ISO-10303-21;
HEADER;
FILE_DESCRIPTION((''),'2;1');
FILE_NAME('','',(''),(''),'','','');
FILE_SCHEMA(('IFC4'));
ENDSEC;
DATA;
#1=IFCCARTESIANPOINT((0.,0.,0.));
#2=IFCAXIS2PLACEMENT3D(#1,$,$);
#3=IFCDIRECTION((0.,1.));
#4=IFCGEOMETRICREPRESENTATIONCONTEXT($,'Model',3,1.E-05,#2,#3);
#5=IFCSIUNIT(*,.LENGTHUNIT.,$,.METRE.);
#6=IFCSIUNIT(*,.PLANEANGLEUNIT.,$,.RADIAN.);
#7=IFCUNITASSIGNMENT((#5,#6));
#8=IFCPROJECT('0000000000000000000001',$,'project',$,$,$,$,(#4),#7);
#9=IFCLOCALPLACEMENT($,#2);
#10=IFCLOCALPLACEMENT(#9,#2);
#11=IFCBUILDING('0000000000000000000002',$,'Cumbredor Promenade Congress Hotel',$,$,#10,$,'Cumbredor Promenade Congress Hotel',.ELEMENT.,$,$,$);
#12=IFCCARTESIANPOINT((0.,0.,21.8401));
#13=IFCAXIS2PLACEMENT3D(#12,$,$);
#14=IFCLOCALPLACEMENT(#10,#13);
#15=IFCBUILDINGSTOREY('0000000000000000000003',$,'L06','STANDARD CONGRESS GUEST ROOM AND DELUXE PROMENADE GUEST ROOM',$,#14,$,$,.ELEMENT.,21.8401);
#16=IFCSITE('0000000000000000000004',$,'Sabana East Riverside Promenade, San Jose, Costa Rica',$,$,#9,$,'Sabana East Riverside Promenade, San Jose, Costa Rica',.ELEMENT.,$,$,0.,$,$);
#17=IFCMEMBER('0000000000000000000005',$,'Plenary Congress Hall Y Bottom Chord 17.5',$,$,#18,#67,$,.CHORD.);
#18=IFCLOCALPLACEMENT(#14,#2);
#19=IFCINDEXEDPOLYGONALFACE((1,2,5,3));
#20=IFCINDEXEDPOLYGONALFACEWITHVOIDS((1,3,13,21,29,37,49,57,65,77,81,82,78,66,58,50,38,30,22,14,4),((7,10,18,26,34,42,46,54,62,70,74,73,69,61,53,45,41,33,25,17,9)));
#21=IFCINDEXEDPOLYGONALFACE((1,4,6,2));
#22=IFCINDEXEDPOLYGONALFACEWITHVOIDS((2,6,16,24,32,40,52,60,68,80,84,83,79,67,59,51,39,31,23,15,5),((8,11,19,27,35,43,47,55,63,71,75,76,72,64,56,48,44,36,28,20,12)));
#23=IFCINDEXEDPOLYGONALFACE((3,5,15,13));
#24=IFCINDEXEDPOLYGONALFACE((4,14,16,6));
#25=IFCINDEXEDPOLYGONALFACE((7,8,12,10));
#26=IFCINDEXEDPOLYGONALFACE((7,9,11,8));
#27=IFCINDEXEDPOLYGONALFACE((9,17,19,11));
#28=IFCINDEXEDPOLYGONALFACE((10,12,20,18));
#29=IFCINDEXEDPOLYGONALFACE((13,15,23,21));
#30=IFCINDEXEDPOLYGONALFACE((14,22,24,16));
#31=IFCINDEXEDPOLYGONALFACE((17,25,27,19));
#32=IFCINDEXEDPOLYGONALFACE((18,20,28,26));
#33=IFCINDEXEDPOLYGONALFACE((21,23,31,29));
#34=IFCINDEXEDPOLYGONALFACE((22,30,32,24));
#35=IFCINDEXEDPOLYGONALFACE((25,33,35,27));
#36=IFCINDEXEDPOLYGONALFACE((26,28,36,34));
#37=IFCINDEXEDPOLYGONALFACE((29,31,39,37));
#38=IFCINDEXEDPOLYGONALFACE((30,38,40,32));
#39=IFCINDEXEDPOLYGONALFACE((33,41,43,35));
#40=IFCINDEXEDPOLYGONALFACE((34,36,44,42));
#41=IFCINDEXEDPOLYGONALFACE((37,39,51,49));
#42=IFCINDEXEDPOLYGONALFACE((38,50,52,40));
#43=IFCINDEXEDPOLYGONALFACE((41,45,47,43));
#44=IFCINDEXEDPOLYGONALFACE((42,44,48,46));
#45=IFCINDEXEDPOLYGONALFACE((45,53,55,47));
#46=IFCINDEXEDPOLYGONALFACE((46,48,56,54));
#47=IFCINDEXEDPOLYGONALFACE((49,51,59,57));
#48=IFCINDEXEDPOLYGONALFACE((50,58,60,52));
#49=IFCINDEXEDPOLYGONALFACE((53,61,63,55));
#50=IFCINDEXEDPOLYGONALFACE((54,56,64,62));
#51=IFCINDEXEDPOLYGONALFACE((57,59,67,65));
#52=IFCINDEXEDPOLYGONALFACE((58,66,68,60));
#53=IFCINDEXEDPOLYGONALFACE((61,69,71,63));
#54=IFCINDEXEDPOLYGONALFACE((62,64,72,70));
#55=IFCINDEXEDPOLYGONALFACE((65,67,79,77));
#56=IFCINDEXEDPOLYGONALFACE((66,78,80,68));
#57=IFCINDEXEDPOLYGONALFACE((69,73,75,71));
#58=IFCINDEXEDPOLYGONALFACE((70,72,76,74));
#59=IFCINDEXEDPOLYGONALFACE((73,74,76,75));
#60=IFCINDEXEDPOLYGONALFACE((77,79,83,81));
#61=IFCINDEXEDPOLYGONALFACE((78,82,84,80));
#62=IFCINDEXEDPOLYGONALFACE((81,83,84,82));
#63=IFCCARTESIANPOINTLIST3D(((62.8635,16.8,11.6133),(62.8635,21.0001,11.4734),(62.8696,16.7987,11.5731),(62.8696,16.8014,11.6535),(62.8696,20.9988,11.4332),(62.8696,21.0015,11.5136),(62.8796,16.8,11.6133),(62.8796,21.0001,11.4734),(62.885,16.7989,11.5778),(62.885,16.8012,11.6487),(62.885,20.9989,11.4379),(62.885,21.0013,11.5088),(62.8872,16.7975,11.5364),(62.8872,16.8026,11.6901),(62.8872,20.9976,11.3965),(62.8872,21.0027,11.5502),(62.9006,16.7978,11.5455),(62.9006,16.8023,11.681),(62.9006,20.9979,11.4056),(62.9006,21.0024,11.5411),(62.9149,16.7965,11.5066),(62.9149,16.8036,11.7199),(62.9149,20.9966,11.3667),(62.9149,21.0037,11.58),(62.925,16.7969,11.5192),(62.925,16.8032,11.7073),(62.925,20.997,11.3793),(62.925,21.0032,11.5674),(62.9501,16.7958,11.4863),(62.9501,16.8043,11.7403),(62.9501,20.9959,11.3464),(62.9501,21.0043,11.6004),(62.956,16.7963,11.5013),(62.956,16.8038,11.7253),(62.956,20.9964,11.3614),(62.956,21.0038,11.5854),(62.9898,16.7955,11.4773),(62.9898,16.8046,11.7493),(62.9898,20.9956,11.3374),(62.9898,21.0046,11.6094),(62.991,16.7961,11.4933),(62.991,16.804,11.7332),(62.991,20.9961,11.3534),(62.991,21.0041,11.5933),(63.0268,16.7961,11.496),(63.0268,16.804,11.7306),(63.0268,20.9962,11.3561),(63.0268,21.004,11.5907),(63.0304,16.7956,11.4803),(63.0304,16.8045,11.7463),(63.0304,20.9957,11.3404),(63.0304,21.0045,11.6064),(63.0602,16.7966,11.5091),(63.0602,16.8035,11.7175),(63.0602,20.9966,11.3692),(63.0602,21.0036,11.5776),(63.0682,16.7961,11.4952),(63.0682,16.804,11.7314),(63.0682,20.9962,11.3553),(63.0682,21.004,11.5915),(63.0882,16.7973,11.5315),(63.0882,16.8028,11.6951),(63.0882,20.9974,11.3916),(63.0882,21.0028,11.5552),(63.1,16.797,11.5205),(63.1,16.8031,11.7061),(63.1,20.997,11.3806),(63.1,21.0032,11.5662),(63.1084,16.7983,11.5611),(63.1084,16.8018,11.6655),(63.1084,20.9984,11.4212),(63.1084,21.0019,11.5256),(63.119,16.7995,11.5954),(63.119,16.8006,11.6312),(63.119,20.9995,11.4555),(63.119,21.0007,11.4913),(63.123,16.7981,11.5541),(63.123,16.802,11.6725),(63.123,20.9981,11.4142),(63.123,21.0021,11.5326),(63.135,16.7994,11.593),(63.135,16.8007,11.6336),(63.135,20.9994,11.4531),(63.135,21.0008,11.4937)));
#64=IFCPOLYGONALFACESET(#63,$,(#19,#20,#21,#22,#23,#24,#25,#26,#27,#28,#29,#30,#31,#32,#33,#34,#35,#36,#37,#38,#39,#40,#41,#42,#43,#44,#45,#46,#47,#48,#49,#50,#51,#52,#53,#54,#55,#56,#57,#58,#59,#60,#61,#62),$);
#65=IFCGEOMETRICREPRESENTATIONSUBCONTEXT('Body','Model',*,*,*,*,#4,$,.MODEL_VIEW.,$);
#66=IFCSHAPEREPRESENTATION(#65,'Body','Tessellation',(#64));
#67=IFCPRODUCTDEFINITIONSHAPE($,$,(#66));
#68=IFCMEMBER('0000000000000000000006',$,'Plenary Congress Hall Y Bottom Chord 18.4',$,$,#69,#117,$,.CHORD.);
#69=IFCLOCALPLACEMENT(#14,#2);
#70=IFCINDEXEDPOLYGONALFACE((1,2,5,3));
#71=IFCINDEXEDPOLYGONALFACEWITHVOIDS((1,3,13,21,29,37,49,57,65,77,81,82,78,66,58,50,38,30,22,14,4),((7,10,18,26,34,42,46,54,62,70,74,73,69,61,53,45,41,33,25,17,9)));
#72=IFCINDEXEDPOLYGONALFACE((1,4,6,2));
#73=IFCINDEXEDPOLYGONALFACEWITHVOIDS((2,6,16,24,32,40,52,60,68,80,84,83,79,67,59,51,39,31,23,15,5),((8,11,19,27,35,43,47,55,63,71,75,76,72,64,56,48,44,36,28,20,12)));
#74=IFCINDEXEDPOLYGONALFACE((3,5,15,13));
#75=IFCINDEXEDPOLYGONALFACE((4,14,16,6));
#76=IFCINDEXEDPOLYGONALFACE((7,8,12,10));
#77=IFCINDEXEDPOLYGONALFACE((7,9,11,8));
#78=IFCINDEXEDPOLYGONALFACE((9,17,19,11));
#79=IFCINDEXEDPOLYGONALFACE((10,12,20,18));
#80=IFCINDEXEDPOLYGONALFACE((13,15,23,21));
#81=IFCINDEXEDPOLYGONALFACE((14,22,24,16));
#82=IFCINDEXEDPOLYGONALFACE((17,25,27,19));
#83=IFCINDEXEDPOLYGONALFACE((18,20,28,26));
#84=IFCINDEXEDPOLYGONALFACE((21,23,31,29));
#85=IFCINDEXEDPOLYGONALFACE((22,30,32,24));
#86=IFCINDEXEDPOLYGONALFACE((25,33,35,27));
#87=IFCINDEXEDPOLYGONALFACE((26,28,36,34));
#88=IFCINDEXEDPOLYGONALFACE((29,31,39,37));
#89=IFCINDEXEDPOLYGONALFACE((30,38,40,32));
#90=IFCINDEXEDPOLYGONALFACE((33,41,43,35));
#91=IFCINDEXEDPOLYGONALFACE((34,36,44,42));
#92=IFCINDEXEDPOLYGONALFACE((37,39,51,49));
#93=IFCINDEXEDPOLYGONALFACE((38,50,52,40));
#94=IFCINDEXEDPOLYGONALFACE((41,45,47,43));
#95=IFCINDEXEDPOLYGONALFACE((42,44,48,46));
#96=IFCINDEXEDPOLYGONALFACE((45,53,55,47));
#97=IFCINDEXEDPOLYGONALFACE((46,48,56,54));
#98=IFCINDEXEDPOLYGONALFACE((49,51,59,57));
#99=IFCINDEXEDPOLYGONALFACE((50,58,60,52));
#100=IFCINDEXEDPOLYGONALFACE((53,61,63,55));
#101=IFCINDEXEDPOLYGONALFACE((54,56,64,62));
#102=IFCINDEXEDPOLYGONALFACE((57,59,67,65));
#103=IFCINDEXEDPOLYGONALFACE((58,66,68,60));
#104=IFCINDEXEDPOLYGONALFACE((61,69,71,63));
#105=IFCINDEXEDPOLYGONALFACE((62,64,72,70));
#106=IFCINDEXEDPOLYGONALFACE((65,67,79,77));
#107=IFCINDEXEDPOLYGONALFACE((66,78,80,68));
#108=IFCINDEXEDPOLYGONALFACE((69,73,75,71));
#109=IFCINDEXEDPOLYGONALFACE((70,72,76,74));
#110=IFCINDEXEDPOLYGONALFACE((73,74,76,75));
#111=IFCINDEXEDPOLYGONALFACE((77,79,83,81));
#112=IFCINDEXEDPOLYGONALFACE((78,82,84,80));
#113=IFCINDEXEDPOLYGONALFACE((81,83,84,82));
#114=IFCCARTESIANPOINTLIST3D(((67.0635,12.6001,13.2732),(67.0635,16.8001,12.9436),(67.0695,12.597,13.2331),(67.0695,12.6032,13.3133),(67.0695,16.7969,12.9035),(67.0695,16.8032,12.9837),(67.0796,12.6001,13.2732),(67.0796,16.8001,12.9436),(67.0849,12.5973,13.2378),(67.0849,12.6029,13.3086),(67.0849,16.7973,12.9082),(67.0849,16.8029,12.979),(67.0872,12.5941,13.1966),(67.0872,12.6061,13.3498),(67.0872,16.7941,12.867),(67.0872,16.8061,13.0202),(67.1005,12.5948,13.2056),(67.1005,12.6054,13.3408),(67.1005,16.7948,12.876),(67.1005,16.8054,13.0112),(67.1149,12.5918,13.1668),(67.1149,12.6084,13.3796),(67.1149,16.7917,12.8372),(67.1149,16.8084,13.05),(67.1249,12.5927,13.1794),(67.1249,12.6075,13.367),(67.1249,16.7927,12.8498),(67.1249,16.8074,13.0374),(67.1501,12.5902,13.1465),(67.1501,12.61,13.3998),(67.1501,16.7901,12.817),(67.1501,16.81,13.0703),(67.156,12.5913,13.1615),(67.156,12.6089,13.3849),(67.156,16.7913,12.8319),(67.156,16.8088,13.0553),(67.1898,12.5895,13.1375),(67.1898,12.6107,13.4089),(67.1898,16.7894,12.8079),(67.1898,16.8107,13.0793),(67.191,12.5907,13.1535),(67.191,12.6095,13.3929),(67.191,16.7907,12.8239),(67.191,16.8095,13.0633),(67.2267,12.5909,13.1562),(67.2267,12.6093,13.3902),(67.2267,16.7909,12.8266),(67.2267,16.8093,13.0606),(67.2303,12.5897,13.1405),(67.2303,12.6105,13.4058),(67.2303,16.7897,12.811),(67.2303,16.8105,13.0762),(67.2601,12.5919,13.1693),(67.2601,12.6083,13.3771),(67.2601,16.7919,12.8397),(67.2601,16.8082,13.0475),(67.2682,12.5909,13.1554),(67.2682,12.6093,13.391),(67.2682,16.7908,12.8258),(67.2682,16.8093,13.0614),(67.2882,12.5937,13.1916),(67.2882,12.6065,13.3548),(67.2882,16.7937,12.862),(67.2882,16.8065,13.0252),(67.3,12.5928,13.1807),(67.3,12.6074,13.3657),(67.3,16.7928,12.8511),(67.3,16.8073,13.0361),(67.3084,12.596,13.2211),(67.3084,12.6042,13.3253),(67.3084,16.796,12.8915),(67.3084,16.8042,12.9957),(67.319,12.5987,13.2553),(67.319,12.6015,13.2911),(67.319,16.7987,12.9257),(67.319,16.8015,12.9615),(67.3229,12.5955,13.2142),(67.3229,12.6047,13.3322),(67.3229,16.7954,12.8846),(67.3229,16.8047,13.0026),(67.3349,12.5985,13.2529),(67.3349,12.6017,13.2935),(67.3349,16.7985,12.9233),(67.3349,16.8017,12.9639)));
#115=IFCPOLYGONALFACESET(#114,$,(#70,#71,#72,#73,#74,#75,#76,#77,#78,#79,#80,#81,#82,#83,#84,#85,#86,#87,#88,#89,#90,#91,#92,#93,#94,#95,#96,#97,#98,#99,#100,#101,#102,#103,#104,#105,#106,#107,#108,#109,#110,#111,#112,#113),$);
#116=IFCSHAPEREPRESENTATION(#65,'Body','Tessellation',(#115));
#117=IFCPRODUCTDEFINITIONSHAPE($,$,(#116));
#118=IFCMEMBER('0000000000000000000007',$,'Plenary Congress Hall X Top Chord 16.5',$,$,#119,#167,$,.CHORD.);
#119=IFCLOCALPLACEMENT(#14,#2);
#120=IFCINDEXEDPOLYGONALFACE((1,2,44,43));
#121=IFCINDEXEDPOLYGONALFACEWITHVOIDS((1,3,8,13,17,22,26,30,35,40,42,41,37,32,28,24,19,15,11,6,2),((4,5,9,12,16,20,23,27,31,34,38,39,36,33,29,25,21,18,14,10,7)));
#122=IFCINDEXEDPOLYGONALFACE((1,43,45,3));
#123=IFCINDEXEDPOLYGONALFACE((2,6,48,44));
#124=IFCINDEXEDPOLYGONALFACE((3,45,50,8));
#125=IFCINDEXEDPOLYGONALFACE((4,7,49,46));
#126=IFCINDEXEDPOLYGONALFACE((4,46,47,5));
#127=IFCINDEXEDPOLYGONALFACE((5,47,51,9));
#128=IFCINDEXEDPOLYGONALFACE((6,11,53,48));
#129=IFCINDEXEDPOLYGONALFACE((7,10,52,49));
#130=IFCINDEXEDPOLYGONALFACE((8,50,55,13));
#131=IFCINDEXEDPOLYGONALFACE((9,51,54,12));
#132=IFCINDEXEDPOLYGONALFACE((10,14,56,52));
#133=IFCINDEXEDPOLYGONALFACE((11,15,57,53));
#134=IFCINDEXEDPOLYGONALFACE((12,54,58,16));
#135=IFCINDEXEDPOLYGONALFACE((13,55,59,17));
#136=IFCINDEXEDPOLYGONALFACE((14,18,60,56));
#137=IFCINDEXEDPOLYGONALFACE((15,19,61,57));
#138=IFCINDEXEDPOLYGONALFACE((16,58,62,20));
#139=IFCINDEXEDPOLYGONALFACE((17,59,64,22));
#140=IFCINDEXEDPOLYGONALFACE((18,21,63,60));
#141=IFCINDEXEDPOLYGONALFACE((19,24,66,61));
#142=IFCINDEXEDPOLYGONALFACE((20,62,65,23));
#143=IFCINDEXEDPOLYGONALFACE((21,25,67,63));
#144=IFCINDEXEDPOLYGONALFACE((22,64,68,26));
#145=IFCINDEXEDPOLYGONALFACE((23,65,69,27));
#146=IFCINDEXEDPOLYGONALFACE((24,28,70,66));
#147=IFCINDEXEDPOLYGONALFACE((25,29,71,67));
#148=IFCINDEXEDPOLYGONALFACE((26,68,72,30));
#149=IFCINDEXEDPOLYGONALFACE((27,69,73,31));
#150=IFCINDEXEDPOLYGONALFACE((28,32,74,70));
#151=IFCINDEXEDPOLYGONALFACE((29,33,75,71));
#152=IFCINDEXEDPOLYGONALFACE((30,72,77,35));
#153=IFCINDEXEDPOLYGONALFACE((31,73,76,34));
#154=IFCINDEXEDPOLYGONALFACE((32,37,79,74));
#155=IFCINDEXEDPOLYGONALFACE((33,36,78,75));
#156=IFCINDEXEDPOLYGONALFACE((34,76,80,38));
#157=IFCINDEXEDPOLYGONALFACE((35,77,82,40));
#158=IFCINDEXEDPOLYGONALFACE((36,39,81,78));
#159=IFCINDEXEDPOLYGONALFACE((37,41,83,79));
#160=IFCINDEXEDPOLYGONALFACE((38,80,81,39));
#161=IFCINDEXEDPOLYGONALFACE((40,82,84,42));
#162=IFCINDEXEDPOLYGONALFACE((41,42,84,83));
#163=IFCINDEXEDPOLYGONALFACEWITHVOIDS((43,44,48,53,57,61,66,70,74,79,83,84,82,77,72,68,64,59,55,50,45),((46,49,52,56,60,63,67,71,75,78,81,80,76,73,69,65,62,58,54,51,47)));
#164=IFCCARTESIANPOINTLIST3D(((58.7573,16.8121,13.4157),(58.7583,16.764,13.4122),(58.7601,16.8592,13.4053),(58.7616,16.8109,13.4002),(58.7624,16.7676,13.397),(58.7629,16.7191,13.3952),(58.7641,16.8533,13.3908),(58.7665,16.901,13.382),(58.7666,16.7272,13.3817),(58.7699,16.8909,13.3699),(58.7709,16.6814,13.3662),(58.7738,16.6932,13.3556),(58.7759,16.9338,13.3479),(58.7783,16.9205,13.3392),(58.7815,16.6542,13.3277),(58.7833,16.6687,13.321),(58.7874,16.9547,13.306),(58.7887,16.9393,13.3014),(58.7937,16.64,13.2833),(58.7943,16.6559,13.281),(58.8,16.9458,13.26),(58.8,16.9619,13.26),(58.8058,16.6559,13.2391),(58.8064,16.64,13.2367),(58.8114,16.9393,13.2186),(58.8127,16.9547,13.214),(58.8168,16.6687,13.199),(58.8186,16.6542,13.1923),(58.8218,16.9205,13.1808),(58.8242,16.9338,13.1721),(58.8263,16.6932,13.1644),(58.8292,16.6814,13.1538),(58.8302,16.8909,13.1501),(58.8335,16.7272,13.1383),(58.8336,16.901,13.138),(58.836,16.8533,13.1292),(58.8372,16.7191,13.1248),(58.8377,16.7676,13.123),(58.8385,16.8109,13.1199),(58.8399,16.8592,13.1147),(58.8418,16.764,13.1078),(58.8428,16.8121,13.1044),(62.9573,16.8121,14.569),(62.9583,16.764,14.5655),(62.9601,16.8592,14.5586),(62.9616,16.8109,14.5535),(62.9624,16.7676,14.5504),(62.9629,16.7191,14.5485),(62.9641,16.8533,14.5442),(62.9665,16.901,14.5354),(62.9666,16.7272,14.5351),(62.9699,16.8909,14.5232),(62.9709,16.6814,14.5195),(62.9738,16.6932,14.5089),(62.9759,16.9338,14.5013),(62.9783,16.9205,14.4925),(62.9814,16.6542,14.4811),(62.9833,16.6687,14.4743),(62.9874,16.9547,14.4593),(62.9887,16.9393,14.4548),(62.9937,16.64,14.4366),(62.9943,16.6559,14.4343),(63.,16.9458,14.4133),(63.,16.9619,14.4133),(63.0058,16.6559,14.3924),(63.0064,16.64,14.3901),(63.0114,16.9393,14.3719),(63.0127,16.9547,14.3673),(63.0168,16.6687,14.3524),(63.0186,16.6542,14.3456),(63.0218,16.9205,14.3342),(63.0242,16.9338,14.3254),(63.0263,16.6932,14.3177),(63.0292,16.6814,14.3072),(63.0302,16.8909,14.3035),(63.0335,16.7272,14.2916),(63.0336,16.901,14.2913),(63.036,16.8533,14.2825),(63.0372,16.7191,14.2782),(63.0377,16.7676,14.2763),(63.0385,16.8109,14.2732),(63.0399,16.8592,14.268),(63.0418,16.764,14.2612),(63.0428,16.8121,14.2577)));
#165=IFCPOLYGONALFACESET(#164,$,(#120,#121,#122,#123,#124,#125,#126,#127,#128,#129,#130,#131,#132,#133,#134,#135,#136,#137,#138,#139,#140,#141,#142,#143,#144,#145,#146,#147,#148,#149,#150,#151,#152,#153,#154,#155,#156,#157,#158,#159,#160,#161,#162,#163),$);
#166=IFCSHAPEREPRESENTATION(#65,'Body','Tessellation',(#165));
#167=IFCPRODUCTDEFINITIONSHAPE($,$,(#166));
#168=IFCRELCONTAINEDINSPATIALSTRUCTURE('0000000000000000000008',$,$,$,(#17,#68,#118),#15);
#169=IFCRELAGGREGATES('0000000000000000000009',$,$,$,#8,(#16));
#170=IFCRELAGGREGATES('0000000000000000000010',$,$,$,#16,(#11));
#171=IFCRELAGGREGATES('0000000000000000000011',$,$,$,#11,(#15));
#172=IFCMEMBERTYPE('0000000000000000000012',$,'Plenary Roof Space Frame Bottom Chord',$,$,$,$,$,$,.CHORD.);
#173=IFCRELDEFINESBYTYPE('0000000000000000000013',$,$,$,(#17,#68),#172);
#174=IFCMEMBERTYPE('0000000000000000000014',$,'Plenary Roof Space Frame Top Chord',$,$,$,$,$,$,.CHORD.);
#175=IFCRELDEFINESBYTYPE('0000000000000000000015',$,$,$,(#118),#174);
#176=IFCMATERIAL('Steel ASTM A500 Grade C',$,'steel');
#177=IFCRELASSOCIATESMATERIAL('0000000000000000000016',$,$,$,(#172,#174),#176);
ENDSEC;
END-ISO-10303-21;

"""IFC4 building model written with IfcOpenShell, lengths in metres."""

from ifc_helpers import new_model, si_unit, direction, frame, origin, origin_2d, place, context, subcontext, project, spatial, hollow_circle, extrude, material, material_profile, profile_set, type_object, element, save


model = new_model("IFC4")

# Units and contexts
model_context = context("Model", 3, precision=1e-05, world=origin(), true_north=direction((0.0, 1.0)))
body_context = subcontext(model_context, "Body", "Model", "MODEL_VIEW")
ifc_project = project(units=[si_unit("LENGTHUNIT", "METRE"), si_unit("PLANEANGLEUNIT", "RADIAN")], contexts=[model_context])

# Site, building, storey
site_placement = place(None, origin())
site = spatial("IfcSite", under=ifc_project, at=site_placement, Name="Sabana East Riverside Promenade, San Jose, Costa Rica", LongName="Sabana East Riverside Promenade, San Jose, Costa Rica", CompositionType="ELEMENT", RefElevation=0.0)
building_placement = place(site_placement, origin())
building = spatial("IfcBuilding", under=site, at=building_placement, Name="Cumbredor Promenade Congress Hotel", LongName="Cumbredor Promenade Congress Hotel", CompositionType="ELEMENT")
storey_placement = place(building_placement, frame((0.0, 0.0, 21.8401)))
storey = spatial("IfcBuildingStorey", under=building, at=storey_placement, Name="L06", Description="STANDARD CONGRESS GUEST ROOM AND DELUXE PROMENADE GUEST ROOM", CompositionType="ELEMENT", Elevation=21.8401)

# Members
ifc_material_1 = material(Name="Steel ASTM A500 Grade C", Category="steel")
ifc_material_profile_1 = material_profile(ifc_material_1, hollow_circle(Radius=0.1365, WallThickness=0.0161, at=origin_2d()), Name="CHS 273.0x16")
ifc_profile_set_1 = profile_set([ifc_material_profile_1], Name="Steel ASTM A500 Grade C")
member_type_1 = type_object("IfcMemberType", Name="Plenary Roof Space Frame Bottom Chord", PredefinedType="CHORD", material=ifc_profile_set_1)
member_1_placement = place(storey_placement, frame((63.0, 16.8, 11.6133), z_axis=(0.0, 0.999446, -0.03329), x_axis=(-1.0, 0.0, 0.0)))
element("IfcMember", 1, at=member_1_placement, inside=storey, type_object=member_type_1, Name="Plenary Congress Hall Y Bottom Chord 17.5", PredefinedType="CHORD", context=body_context, shape_type="SweptSolid", body=[
    extrude(hollow_circle(Radius=0.1365, WallThickness=0.0161, at=origin_2d()), origin(), (0.0, 0.0, 1.0), 4.2024),
])
member_2_placement = place(storey_placement, frame((67.2, 12.6001, 13.2732), z_axis=(0.0, 0.996935, -0.078234), x_axis=(-1.0, 0.0, 0.0)))
element("IfcMember", 2, at=member_2_placement, inside=storey, type_object=member_type_1, Name="Plenary Congress Hall Y Bottom Chord 18.4", PredefinedType="CHORD", context=body_context, shape_type="SweptSolid", body=[
    extrude(hollow_circle(Radius=0.1365, WallThickness=0.0161, at=origin_2d()), origin(), (0.0, 0.0, 1.0), 4.2129),
])
ifc_material_profile_2 = material_profile(ifc_material_1, hollow_circle(Radius=0.1619, WallThickness=0.0161, at=origin_2d()), Name="CHS 323.9x16")
ifc_profile_set_2 = profile_set([ifc_material_profile_2], Name="Steel ASTM A500 Grade C")
member_type_2 = type_object("IfcMemberType", Name="Plenary Roof Space Frame Top Chord", PredefinedType="CHORD", material=ifc_profile_set_2)
member_3_placement = place(storey_placement, frame((58.8, 16.8, 13.26), z_axis=(0.964303, 0.0, 0.264801), x_axis=(0.0, 1.0, 0.0)))
element("IfcMember", 3, at=member_3_placement, inside=storey, type_object=member_type_2, Name="Plenary Congress Hall X Top Chord 16.5", PredefinedType="CHORD", context=body_context, shape_type="SweptSolid", body=[
    extrude(hollow_circle(Radius=0.1619, WallThickness=0.0161, at=origin_2d()), origin(), (0.0, 0.0, 1.0), 4.3555),
])

save(model, "model.ifc")
